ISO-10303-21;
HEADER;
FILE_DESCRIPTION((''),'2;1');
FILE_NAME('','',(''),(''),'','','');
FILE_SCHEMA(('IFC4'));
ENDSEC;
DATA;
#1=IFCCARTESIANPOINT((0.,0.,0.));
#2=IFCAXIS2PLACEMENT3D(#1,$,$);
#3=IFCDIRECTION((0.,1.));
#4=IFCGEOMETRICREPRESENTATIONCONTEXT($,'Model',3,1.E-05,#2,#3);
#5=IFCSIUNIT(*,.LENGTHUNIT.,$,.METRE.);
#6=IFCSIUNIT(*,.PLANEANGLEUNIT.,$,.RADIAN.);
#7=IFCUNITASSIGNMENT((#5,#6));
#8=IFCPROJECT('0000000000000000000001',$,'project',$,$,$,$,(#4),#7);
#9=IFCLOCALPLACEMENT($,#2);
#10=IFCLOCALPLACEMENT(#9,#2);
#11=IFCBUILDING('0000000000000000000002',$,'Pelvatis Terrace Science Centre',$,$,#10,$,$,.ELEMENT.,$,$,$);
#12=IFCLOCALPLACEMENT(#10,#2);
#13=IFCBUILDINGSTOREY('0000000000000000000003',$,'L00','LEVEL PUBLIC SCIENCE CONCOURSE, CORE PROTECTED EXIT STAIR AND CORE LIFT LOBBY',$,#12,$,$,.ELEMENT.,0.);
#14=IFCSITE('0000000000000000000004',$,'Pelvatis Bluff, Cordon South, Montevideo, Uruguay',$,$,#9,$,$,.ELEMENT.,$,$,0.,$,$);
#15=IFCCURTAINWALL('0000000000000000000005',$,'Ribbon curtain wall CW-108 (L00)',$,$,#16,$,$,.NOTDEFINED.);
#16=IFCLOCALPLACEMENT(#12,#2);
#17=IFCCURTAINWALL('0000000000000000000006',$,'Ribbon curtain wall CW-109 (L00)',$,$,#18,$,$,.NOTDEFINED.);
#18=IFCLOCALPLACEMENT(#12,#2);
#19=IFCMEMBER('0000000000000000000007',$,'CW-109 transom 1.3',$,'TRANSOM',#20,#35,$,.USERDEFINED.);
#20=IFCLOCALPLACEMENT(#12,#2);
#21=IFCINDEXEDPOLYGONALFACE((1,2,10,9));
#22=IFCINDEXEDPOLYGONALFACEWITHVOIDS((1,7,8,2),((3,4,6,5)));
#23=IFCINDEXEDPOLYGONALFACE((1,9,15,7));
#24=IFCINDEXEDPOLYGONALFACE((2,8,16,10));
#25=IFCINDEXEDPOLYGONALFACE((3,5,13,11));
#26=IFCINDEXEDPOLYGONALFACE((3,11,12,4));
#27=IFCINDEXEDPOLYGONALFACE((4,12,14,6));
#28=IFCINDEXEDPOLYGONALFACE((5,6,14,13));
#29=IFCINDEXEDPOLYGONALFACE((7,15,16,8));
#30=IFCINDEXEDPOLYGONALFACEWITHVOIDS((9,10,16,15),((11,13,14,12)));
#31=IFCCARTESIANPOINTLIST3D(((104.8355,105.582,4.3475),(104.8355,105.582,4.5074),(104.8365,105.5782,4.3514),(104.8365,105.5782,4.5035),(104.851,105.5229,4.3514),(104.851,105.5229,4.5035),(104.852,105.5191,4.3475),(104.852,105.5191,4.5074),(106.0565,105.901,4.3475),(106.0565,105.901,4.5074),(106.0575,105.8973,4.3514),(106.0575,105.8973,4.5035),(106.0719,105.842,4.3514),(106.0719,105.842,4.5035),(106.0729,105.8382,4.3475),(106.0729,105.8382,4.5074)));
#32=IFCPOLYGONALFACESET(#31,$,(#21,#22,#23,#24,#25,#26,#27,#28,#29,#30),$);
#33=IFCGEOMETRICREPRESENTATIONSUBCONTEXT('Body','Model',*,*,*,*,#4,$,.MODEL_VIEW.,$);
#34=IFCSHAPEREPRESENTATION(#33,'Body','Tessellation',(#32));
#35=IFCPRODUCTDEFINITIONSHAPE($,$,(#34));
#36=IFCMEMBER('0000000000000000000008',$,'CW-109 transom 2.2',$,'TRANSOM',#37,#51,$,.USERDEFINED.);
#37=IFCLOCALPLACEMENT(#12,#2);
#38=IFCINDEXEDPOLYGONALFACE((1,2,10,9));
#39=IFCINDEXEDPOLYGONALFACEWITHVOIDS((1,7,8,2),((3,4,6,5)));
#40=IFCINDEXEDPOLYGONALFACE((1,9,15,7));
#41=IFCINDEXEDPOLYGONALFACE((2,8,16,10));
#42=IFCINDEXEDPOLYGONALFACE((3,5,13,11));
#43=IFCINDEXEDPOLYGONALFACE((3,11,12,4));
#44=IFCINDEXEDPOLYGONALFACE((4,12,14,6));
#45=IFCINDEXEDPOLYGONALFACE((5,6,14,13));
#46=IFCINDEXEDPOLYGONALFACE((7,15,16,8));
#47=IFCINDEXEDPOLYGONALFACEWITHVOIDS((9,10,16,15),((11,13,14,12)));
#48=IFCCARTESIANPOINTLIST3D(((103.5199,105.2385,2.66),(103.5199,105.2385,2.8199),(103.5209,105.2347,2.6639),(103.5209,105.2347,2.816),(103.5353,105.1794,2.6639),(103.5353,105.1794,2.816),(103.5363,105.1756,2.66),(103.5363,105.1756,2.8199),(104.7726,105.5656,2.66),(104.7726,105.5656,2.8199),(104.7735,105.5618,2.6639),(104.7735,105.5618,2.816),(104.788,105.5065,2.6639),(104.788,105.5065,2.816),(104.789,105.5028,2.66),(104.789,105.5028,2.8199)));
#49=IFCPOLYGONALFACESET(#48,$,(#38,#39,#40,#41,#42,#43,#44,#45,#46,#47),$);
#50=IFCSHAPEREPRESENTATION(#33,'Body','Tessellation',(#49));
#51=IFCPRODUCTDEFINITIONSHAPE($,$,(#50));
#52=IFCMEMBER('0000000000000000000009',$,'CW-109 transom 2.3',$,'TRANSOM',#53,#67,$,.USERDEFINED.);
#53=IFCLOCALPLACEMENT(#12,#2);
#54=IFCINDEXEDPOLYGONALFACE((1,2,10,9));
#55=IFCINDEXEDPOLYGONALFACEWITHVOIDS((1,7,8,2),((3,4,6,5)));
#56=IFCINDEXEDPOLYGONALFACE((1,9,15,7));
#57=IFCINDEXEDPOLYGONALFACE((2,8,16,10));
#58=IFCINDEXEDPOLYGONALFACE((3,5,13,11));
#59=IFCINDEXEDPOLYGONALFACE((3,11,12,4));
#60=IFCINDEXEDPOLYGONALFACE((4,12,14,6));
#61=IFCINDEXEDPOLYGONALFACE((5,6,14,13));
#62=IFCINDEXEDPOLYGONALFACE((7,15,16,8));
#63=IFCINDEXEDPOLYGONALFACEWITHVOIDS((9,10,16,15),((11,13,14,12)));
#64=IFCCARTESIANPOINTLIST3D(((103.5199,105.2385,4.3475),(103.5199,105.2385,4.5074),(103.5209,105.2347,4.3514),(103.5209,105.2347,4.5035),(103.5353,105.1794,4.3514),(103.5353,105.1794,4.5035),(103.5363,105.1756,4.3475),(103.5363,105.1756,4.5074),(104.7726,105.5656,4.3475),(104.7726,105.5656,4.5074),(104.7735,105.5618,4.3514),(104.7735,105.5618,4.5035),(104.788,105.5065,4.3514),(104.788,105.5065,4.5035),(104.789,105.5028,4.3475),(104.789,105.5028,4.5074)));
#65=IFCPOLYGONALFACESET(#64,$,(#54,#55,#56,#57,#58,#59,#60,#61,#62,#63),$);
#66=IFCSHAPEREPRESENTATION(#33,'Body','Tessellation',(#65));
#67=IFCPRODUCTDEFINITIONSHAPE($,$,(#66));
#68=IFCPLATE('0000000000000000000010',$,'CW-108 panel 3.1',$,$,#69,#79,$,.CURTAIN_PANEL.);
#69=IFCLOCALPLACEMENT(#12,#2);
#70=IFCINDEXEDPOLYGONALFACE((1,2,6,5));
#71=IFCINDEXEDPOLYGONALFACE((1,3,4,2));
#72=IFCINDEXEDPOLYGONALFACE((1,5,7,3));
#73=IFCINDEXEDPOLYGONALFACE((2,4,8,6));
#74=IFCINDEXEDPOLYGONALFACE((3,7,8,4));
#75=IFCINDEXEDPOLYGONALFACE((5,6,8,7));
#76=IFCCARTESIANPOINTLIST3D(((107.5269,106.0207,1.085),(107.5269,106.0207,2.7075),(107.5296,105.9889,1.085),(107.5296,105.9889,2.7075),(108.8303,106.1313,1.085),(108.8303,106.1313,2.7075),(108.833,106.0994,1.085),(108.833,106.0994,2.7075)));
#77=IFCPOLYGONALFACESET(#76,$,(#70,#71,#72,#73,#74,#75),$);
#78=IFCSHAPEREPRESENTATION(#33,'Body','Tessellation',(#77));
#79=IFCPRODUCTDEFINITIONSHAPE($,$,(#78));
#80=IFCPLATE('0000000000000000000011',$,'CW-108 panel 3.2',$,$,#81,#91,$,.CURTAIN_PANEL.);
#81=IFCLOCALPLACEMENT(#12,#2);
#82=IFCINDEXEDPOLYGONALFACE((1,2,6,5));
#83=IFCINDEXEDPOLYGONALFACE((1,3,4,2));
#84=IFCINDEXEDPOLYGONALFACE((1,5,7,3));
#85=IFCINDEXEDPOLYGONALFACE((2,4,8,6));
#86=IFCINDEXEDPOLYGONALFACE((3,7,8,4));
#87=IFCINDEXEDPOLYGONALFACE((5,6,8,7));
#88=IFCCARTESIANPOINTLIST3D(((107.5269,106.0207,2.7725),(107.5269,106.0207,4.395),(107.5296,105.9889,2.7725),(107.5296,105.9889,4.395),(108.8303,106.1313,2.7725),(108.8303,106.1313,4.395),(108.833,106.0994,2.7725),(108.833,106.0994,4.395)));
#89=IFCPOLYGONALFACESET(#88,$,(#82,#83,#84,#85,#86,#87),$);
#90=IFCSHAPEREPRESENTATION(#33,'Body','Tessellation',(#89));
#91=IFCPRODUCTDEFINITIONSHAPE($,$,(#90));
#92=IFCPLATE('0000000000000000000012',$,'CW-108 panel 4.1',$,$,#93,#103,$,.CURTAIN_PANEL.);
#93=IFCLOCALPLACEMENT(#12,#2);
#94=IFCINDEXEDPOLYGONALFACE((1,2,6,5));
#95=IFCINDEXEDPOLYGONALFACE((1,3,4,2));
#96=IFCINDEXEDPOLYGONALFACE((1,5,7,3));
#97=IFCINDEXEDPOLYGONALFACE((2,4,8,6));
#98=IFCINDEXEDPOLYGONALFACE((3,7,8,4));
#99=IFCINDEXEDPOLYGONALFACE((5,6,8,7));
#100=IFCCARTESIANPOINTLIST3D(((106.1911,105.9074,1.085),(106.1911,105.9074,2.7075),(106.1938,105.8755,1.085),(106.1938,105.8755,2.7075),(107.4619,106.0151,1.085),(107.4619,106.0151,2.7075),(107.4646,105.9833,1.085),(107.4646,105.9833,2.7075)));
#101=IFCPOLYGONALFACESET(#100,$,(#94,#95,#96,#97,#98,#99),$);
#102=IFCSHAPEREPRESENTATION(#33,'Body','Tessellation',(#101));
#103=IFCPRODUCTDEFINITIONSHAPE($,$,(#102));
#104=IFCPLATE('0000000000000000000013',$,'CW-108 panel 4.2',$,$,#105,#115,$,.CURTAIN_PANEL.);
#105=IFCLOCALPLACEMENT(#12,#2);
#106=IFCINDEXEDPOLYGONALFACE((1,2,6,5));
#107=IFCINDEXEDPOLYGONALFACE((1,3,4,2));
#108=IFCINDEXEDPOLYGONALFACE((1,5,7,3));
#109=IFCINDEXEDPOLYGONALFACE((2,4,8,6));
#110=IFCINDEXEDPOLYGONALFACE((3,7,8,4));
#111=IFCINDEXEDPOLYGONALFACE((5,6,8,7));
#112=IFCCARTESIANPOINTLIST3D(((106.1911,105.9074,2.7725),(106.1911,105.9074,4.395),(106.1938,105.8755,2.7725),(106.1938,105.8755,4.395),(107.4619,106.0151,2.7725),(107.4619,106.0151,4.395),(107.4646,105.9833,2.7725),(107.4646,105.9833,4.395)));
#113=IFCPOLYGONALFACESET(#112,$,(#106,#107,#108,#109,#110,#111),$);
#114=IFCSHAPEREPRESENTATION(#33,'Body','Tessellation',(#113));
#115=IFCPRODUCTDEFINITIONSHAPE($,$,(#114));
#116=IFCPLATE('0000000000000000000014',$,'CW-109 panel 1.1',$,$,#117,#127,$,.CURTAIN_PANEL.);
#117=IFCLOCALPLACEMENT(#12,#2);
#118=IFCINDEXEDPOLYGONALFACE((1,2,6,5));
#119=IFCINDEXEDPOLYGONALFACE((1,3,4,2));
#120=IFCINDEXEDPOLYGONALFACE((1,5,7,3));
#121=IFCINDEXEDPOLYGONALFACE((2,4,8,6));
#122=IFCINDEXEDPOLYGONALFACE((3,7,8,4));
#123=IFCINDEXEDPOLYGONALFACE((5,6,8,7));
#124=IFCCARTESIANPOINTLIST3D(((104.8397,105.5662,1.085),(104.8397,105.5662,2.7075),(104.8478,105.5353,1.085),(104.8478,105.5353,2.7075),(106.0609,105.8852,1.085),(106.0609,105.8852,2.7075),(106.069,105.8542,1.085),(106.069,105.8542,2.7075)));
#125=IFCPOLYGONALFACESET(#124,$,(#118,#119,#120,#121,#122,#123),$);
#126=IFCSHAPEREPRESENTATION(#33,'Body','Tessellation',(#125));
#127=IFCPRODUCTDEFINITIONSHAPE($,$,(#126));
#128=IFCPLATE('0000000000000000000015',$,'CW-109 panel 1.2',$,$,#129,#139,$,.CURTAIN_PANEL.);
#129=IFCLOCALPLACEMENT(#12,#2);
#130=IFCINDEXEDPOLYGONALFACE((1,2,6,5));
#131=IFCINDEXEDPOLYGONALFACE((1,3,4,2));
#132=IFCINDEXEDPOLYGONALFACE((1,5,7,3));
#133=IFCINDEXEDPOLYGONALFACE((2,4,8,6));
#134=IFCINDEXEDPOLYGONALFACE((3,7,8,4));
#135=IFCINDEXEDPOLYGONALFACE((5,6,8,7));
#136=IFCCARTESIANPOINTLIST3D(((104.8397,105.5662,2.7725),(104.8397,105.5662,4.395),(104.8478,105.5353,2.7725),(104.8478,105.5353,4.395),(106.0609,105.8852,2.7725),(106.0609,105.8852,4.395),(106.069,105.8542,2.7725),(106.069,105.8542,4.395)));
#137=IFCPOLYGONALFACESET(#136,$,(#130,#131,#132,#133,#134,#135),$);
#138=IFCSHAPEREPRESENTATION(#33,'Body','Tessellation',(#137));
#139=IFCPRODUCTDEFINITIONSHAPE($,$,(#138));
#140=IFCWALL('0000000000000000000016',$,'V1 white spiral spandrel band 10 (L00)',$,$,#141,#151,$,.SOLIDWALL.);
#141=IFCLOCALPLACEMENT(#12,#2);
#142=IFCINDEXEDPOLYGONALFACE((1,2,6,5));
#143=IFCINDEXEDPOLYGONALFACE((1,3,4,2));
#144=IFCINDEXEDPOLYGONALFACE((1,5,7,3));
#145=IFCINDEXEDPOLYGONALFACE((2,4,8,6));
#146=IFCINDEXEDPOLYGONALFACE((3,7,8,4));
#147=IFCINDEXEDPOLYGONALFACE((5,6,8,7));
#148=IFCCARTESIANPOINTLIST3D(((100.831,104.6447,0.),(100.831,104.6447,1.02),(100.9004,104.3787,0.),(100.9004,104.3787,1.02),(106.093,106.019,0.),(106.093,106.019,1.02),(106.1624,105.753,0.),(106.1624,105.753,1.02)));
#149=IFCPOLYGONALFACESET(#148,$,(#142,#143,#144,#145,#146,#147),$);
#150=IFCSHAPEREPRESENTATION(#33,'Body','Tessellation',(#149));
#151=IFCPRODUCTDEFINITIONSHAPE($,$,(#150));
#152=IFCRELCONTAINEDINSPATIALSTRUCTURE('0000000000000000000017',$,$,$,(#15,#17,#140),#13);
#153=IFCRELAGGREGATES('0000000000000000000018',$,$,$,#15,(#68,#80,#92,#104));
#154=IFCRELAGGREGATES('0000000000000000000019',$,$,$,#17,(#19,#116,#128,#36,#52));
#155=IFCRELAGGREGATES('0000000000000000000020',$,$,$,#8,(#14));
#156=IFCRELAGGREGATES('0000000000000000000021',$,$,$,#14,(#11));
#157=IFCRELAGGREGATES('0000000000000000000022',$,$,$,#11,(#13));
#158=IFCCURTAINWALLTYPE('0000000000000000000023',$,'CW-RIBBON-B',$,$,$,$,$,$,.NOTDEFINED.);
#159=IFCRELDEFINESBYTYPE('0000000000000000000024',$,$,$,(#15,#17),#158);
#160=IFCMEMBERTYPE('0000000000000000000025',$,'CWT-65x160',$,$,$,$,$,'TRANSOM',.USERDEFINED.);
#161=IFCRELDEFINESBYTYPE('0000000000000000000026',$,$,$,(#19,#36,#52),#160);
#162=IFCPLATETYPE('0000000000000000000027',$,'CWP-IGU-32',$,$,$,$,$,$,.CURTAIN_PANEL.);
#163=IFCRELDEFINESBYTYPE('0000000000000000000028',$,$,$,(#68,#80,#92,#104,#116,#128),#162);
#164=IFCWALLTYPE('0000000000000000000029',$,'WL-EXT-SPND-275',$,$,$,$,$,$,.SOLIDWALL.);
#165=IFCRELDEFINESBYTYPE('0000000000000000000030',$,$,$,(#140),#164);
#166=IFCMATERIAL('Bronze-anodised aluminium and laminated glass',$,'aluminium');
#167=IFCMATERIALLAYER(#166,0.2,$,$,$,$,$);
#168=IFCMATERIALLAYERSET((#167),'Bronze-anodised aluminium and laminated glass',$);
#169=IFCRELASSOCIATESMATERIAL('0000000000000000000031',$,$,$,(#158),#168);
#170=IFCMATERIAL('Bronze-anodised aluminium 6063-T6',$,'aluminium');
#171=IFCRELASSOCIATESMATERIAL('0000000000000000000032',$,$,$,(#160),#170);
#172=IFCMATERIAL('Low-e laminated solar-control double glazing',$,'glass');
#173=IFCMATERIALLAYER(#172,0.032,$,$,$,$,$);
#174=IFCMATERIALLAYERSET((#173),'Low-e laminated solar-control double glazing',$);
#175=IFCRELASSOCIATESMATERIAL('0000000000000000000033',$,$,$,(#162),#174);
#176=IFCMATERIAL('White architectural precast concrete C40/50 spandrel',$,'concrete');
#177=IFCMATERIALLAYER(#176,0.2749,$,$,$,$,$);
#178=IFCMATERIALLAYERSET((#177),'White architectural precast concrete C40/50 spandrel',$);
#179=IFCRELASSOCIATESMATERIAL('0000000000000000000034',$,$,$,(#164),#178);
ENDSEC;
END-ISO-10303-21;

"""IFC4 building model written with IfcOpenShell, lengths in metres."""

from ifc_helpers import new_model, si_unit, direction, frame, frame_2d, origin, origin_2d, place, context, subcontext, project, spatial, rectangle, hollow_rectangle, extrude, material, layer, layer_set, material_profile, profile_set, type_object, element, aggregate, save


model = new_model("IFC4")

# Units and contexts
model_context = context("Model", 3, precision=1e-05, world=origin(), true_north=direction((0.0, 1.0)))
body_context = subcontext(model_context, "Body", "Model", "MODEL_VIEW")
ifc_project = project(units=[si_unit("LENGTHUNIT", "METRE"), si_unit("PLANEANGLEUNIT", "RADIAN")], contexts=[model_context])

# Site, building, storey
site_placement = place(None, origin())
site = spatial("IfcSite", under=ifc_project, at=site_placement, Name="Pelvatis Bluff, Cordon South, Montevideo, Uruguay", CompositionType="ELEMENT", RefElevation=0.0)
building_placement = place(site_placement, origin())
building = spatial("IfcBuilding", under=site, at=building_placement, Name="Pelvatis Terrace Science Centre", CompositionType="ELEMENT")
storey_placement = place(building_placement, origin())
storey = spatial("IfcBuildingStorey", under=building, at=storey_placement, Name="L00", Description="LEVEL PUBLIC SCIENCE CONCOURSE, CORE PROTECTED EXIT STAIR AND CORE LIFT LOBBY", CompositionType="ELEMENT", Elevation=0.0)

# Curtain walls
ifc_material_1 = material(Name="Bronze-anodised aluminium and laminated glass", Category="aluminium")
ifc_layer_1 = layer(ifc_material_1, 0.2)
ifc_layer_set_1 = layer_set([ifc_layer_1], Name="Bronze-anodised aluminium and laminated glass")
curtain_wall_type = type_object("IfcCurtainWallType", Name="CW-RIBBON-B", PredefinedType="NOTDEFINED", material=ifc_layer_set_1)
curtain_wall_1_placement = place(storey_placement, origin())
curtain_wall_1 = element("IfcCurtainWall", 1, at=curtain_wall_1_placement, inside=storey, type_object=curtain_wall_type, Name="Ribbon curtain wall CW-108 (L00)", PredefinedType="NOTDEFINED")
curtain_wall_2_placement = place(storey_placement, origin())
curtain_wall_2 = element("IfcCurtainWall", 2, at=curtain_wall_2_placement, inside=storey, type_object=curtain_wall_type, Name="Ribbon curtain wall CW-109 (L00)", PredefinedType="NOTDEFINED")

# Members
ifc_material_2 = material(Name="Bronze-anodised aluminium 6063-T6", Category="aluminium")
ifc_material_profile_1 = material_profile(ifc_material_2, hollow_rectangle(XDim=0.0649, YDim=0.1599, WallThickness=0.0039, at=origin_2d()), Name="ALU-TRN 65x160")
ifc_profile_set_1 = profile_set([ifc_material_profile_1], Name="Bronze-anodised aluminium 6063-T6")
member_type_1 = type_object("IfcMemberType", Name="CWT-65x160", ElementType="TRANSOM", PredefinedType="USERDEFINED", material=ifc_profile_set_1)
member_1_placement = place(storey_placement, frame((106.0647, 105.8696, 4.4275), z_axis=(-0.967504, -0.252855, 0.0), x_axis=(0.252855, -0.967504, 0.0)))
member_1 = element("IfcMember", 3, at=member_1_placement, type_object=member_type_1, Name="CW-109 transom 1.3", ObjectType="TRANSOM", PredefinedType="USERDEFINED", context=body_context, shape_type="SweptSolid", body=[
    extrude(hollow_rectangle(XDim=0.0649, YDim=0.1599, WallThickness=0.0039, at=origin_2d()), origin(), (0.0, 0.0, 1.0), 1.262),
])
member_2_placement = place(storey_placement, frame((104.7808, 105.5342, 2.74), z_axis=(-0.967549, -0.252683, 0.0), x_axis=(0.252683, -0.967549, 0.0)))
member_2 = element("IfcMember", 4, at=member_2_placement, type_object=member_type_1, Name="CW-109 transom 2.2", ObjectType="TRANSOM", PredefinedType="USERDEFINED", context=body_context, shape_type="SweptSolid", body=[
    extrude(hollow_rectangle(XDim=0.0649, YDim=0.1599, WallThickness=0.0039, at=origin_2d()), origin(), (0.0, 0.0, 1.0), 1.2947),
])
member_3_placement = place(storey_placement, frame((104.7808, 105.5342, 4.4275), z_axis=(-0.967549, -0.252683, 0.0), x_axis=(0.252683, -0.967549, 0.0)))
member_3 = element("IfcMember", 5, at=member_3_placement, type_object=member_type_1, Name="CW-109 transom 2.3", ObjectType="TRANSOM", PredefinedType="USERDEFINED", context=body_context, shape_type="SweptSolid", body=[
    extrude(hollow_rectangle(XDim=0.0649, YDim=0.1599, WallThickness=0.0039, at=origin_2d()), origin(), (0.0, 0.0, 1.0), 1.2947),
])

# Plates
ifc_material_3 = material(Name="Low-e laminated solar-control double glazing", Category="glass")
ifc_layer_2 = layer(ifc_material_3, 0.032)
ifc_layer_set_2 = layer_set([ifc_layer_2], Name="Low-e laminated solar-control double glazing")
plate_type = type_object("IfcPlateType", Name="CWP-IGU-32", PredefinedType="CURTAIN_PANEL", material=ifc_layer_set_2)
plate_1_placement = place(storey_placement, frame((108.1799, 106.0601, 1.085), z_axis=(0.0, 0.0, 1.0), x_axis=(-0.996425, -0.084488, 0.0)))
plate_1 = element("IfcPlate", 6, at=plate_1_placement, type_object=plate_type, Name="CW-108 panel 3.1", PredefinedType="CURTAIN_PANEL", context=body_context, shape_type="SweptSolid", body=[
    extrude(rectangle(XDim=1.3081, YDim=0.032, at=origin_2d()), origin(), (0.0, 0.0, 1.0), 1.6226),
])
plate_2_placement = place(storey_placement, frame((108.1799, 106.0601, 2.7725), z_axis=(0.0, 0.0, 1.0), x_axis=(-0.996425, -0.084488, 0.0)))
plate_2 = element("IfcPlate", 7, at=plate_2_placement, type_object=plate_type, Name="CW-108 panel 3.2", PredefinedType="CURTAIN_PANEL", context=body_context, shape_type="SweptSolid", body=[
    extrude(rectangle(XDim=1.3081, YDim=0.032, at=origin_2d()), origin(), (0.0, 0.0, 1.0), 1.6226),
])
plate_3_placement = place(storey_placement, frame((106.8279, 105.9453, 1.085), z_axis=(0.0, 0.0, 1.0), x_axis=(-0.996425, -0.084488, 0.0)))
plate_3 = element("IfcPlate", 8, at=plate_3_placement, type_object=plate_type, Name="CW-108 panel 4.1", PredefinedType="CURTAIN_PANEL", context=body_context, shape_type="SweptSolid", body=[
    extrude(rectangle(XDim=1.2754, YDim=0.032, at=origin_2d()), origin(), (0.0, 0.0, 1.0), 1.6226),
])
plate_4_placement = place(storey_placement, frame((106.8279, 105.9453, 2.7725), z_axis=(0.0, 0.0, 1.0), x_axis=(-0.996425, -0.084488, 0.0)))
plate_4 = element("IfcPlate", 9, at=plate_4_placement, type_object=plate_type, Name="CW-108 panel 4.2", PredefinedType="CURTAIN_PANEL", context=body_context, shape_type="SweptSolid", body=[
    extrude(rectangle(XDim=1.2754, YDim=0.032, at=origin_2d()), origin(), (0.0, 0.0, 1.0), 1.6226),
])
aggregate(curtain_wall_1, [plate_1, plate_2, plate_3, plate_4])
plate_5_placement = place(storey_placement, frame((105.4543, 105.7102, 1.085), z_axis=(0.0, 0.0, 1.0), x_axis=(-0.967545, -0.252698, 0.0)))
plate_5 = element("IfcPlate", 10, at=plate_5_placement, type_object=plate_type, Name="CW-109 panel 1.1", PredefinedType="CURTAIN_PANEL", context=body_context, shape_type="SweptSolid", body=[
    extrude(rectangle(XDim=1.2622, YDim=0.032, at=origin_2d()), origin(), (0.0, 0.0, 1.0), 1.6226),
])
plate_6_placement = place(storey_placement, frame((105.4543, 105.7102, 2.7725), z_axis=(0.0, 0.0, 1.0), x_axis=(-0.967545, -0.252698, 0.0)))
plate_6 = element("IfcPlate", 11, at=plate_6_placement, type_object=plate_type, Name="CW-109 panel 1.2", PredefinedType="CURTAIN_PANEL", context=body_context, shape_type="SweptSolid", body=[
    extrude(rectangle(XDim=1.2622, YDim=0.032, at=origin_2d()), origin(), (0.0, 0.0, 1.0), 1.6226),
])
aggregate(curtain_wall_2, [member_1, plate_5, plate_6, member_2, member_3])

# Wall
ifc_material_4 = material(Name="White architectural precast concrete C40/50 spandrel", Category="concrete")
ifc_layer_3 = layer(ifc_material_4, 0.2749)
ifc_layer_set_3 = layer_set([ifc_layer_3], Name="White architectural precast concrete C40/50 spandrel")
wall_type = type_object("IfcWallType", Name="WL-EXT-SPND-275", PredefinedType="SOLIDWALL", material=ifc_layer_set_3)
wall_placement = place(storey_placement, frame((106.1277, 105.886, 0.0), z_axis=(0.0, 0.0, 1.0), x_axis=(-0.967546, -0.252694, 0.0)))
element("IfcWall", 12, at=wall_placement, inside=storey, type_object=wall_type, Name="V1 white spiral spandrel band 10 (L00)", PredefinedType="SOLIDWALL", context=body_context, shape_type="SweptSolid", body=[
    extrude(rectangle(XDim=5.4385, YDim=0.2749, at=frame_2d((2.7192, 0.0))), origin(), (0.0, 0.0, 1.0), 1.02),
])

save(model, "model.ifc")
